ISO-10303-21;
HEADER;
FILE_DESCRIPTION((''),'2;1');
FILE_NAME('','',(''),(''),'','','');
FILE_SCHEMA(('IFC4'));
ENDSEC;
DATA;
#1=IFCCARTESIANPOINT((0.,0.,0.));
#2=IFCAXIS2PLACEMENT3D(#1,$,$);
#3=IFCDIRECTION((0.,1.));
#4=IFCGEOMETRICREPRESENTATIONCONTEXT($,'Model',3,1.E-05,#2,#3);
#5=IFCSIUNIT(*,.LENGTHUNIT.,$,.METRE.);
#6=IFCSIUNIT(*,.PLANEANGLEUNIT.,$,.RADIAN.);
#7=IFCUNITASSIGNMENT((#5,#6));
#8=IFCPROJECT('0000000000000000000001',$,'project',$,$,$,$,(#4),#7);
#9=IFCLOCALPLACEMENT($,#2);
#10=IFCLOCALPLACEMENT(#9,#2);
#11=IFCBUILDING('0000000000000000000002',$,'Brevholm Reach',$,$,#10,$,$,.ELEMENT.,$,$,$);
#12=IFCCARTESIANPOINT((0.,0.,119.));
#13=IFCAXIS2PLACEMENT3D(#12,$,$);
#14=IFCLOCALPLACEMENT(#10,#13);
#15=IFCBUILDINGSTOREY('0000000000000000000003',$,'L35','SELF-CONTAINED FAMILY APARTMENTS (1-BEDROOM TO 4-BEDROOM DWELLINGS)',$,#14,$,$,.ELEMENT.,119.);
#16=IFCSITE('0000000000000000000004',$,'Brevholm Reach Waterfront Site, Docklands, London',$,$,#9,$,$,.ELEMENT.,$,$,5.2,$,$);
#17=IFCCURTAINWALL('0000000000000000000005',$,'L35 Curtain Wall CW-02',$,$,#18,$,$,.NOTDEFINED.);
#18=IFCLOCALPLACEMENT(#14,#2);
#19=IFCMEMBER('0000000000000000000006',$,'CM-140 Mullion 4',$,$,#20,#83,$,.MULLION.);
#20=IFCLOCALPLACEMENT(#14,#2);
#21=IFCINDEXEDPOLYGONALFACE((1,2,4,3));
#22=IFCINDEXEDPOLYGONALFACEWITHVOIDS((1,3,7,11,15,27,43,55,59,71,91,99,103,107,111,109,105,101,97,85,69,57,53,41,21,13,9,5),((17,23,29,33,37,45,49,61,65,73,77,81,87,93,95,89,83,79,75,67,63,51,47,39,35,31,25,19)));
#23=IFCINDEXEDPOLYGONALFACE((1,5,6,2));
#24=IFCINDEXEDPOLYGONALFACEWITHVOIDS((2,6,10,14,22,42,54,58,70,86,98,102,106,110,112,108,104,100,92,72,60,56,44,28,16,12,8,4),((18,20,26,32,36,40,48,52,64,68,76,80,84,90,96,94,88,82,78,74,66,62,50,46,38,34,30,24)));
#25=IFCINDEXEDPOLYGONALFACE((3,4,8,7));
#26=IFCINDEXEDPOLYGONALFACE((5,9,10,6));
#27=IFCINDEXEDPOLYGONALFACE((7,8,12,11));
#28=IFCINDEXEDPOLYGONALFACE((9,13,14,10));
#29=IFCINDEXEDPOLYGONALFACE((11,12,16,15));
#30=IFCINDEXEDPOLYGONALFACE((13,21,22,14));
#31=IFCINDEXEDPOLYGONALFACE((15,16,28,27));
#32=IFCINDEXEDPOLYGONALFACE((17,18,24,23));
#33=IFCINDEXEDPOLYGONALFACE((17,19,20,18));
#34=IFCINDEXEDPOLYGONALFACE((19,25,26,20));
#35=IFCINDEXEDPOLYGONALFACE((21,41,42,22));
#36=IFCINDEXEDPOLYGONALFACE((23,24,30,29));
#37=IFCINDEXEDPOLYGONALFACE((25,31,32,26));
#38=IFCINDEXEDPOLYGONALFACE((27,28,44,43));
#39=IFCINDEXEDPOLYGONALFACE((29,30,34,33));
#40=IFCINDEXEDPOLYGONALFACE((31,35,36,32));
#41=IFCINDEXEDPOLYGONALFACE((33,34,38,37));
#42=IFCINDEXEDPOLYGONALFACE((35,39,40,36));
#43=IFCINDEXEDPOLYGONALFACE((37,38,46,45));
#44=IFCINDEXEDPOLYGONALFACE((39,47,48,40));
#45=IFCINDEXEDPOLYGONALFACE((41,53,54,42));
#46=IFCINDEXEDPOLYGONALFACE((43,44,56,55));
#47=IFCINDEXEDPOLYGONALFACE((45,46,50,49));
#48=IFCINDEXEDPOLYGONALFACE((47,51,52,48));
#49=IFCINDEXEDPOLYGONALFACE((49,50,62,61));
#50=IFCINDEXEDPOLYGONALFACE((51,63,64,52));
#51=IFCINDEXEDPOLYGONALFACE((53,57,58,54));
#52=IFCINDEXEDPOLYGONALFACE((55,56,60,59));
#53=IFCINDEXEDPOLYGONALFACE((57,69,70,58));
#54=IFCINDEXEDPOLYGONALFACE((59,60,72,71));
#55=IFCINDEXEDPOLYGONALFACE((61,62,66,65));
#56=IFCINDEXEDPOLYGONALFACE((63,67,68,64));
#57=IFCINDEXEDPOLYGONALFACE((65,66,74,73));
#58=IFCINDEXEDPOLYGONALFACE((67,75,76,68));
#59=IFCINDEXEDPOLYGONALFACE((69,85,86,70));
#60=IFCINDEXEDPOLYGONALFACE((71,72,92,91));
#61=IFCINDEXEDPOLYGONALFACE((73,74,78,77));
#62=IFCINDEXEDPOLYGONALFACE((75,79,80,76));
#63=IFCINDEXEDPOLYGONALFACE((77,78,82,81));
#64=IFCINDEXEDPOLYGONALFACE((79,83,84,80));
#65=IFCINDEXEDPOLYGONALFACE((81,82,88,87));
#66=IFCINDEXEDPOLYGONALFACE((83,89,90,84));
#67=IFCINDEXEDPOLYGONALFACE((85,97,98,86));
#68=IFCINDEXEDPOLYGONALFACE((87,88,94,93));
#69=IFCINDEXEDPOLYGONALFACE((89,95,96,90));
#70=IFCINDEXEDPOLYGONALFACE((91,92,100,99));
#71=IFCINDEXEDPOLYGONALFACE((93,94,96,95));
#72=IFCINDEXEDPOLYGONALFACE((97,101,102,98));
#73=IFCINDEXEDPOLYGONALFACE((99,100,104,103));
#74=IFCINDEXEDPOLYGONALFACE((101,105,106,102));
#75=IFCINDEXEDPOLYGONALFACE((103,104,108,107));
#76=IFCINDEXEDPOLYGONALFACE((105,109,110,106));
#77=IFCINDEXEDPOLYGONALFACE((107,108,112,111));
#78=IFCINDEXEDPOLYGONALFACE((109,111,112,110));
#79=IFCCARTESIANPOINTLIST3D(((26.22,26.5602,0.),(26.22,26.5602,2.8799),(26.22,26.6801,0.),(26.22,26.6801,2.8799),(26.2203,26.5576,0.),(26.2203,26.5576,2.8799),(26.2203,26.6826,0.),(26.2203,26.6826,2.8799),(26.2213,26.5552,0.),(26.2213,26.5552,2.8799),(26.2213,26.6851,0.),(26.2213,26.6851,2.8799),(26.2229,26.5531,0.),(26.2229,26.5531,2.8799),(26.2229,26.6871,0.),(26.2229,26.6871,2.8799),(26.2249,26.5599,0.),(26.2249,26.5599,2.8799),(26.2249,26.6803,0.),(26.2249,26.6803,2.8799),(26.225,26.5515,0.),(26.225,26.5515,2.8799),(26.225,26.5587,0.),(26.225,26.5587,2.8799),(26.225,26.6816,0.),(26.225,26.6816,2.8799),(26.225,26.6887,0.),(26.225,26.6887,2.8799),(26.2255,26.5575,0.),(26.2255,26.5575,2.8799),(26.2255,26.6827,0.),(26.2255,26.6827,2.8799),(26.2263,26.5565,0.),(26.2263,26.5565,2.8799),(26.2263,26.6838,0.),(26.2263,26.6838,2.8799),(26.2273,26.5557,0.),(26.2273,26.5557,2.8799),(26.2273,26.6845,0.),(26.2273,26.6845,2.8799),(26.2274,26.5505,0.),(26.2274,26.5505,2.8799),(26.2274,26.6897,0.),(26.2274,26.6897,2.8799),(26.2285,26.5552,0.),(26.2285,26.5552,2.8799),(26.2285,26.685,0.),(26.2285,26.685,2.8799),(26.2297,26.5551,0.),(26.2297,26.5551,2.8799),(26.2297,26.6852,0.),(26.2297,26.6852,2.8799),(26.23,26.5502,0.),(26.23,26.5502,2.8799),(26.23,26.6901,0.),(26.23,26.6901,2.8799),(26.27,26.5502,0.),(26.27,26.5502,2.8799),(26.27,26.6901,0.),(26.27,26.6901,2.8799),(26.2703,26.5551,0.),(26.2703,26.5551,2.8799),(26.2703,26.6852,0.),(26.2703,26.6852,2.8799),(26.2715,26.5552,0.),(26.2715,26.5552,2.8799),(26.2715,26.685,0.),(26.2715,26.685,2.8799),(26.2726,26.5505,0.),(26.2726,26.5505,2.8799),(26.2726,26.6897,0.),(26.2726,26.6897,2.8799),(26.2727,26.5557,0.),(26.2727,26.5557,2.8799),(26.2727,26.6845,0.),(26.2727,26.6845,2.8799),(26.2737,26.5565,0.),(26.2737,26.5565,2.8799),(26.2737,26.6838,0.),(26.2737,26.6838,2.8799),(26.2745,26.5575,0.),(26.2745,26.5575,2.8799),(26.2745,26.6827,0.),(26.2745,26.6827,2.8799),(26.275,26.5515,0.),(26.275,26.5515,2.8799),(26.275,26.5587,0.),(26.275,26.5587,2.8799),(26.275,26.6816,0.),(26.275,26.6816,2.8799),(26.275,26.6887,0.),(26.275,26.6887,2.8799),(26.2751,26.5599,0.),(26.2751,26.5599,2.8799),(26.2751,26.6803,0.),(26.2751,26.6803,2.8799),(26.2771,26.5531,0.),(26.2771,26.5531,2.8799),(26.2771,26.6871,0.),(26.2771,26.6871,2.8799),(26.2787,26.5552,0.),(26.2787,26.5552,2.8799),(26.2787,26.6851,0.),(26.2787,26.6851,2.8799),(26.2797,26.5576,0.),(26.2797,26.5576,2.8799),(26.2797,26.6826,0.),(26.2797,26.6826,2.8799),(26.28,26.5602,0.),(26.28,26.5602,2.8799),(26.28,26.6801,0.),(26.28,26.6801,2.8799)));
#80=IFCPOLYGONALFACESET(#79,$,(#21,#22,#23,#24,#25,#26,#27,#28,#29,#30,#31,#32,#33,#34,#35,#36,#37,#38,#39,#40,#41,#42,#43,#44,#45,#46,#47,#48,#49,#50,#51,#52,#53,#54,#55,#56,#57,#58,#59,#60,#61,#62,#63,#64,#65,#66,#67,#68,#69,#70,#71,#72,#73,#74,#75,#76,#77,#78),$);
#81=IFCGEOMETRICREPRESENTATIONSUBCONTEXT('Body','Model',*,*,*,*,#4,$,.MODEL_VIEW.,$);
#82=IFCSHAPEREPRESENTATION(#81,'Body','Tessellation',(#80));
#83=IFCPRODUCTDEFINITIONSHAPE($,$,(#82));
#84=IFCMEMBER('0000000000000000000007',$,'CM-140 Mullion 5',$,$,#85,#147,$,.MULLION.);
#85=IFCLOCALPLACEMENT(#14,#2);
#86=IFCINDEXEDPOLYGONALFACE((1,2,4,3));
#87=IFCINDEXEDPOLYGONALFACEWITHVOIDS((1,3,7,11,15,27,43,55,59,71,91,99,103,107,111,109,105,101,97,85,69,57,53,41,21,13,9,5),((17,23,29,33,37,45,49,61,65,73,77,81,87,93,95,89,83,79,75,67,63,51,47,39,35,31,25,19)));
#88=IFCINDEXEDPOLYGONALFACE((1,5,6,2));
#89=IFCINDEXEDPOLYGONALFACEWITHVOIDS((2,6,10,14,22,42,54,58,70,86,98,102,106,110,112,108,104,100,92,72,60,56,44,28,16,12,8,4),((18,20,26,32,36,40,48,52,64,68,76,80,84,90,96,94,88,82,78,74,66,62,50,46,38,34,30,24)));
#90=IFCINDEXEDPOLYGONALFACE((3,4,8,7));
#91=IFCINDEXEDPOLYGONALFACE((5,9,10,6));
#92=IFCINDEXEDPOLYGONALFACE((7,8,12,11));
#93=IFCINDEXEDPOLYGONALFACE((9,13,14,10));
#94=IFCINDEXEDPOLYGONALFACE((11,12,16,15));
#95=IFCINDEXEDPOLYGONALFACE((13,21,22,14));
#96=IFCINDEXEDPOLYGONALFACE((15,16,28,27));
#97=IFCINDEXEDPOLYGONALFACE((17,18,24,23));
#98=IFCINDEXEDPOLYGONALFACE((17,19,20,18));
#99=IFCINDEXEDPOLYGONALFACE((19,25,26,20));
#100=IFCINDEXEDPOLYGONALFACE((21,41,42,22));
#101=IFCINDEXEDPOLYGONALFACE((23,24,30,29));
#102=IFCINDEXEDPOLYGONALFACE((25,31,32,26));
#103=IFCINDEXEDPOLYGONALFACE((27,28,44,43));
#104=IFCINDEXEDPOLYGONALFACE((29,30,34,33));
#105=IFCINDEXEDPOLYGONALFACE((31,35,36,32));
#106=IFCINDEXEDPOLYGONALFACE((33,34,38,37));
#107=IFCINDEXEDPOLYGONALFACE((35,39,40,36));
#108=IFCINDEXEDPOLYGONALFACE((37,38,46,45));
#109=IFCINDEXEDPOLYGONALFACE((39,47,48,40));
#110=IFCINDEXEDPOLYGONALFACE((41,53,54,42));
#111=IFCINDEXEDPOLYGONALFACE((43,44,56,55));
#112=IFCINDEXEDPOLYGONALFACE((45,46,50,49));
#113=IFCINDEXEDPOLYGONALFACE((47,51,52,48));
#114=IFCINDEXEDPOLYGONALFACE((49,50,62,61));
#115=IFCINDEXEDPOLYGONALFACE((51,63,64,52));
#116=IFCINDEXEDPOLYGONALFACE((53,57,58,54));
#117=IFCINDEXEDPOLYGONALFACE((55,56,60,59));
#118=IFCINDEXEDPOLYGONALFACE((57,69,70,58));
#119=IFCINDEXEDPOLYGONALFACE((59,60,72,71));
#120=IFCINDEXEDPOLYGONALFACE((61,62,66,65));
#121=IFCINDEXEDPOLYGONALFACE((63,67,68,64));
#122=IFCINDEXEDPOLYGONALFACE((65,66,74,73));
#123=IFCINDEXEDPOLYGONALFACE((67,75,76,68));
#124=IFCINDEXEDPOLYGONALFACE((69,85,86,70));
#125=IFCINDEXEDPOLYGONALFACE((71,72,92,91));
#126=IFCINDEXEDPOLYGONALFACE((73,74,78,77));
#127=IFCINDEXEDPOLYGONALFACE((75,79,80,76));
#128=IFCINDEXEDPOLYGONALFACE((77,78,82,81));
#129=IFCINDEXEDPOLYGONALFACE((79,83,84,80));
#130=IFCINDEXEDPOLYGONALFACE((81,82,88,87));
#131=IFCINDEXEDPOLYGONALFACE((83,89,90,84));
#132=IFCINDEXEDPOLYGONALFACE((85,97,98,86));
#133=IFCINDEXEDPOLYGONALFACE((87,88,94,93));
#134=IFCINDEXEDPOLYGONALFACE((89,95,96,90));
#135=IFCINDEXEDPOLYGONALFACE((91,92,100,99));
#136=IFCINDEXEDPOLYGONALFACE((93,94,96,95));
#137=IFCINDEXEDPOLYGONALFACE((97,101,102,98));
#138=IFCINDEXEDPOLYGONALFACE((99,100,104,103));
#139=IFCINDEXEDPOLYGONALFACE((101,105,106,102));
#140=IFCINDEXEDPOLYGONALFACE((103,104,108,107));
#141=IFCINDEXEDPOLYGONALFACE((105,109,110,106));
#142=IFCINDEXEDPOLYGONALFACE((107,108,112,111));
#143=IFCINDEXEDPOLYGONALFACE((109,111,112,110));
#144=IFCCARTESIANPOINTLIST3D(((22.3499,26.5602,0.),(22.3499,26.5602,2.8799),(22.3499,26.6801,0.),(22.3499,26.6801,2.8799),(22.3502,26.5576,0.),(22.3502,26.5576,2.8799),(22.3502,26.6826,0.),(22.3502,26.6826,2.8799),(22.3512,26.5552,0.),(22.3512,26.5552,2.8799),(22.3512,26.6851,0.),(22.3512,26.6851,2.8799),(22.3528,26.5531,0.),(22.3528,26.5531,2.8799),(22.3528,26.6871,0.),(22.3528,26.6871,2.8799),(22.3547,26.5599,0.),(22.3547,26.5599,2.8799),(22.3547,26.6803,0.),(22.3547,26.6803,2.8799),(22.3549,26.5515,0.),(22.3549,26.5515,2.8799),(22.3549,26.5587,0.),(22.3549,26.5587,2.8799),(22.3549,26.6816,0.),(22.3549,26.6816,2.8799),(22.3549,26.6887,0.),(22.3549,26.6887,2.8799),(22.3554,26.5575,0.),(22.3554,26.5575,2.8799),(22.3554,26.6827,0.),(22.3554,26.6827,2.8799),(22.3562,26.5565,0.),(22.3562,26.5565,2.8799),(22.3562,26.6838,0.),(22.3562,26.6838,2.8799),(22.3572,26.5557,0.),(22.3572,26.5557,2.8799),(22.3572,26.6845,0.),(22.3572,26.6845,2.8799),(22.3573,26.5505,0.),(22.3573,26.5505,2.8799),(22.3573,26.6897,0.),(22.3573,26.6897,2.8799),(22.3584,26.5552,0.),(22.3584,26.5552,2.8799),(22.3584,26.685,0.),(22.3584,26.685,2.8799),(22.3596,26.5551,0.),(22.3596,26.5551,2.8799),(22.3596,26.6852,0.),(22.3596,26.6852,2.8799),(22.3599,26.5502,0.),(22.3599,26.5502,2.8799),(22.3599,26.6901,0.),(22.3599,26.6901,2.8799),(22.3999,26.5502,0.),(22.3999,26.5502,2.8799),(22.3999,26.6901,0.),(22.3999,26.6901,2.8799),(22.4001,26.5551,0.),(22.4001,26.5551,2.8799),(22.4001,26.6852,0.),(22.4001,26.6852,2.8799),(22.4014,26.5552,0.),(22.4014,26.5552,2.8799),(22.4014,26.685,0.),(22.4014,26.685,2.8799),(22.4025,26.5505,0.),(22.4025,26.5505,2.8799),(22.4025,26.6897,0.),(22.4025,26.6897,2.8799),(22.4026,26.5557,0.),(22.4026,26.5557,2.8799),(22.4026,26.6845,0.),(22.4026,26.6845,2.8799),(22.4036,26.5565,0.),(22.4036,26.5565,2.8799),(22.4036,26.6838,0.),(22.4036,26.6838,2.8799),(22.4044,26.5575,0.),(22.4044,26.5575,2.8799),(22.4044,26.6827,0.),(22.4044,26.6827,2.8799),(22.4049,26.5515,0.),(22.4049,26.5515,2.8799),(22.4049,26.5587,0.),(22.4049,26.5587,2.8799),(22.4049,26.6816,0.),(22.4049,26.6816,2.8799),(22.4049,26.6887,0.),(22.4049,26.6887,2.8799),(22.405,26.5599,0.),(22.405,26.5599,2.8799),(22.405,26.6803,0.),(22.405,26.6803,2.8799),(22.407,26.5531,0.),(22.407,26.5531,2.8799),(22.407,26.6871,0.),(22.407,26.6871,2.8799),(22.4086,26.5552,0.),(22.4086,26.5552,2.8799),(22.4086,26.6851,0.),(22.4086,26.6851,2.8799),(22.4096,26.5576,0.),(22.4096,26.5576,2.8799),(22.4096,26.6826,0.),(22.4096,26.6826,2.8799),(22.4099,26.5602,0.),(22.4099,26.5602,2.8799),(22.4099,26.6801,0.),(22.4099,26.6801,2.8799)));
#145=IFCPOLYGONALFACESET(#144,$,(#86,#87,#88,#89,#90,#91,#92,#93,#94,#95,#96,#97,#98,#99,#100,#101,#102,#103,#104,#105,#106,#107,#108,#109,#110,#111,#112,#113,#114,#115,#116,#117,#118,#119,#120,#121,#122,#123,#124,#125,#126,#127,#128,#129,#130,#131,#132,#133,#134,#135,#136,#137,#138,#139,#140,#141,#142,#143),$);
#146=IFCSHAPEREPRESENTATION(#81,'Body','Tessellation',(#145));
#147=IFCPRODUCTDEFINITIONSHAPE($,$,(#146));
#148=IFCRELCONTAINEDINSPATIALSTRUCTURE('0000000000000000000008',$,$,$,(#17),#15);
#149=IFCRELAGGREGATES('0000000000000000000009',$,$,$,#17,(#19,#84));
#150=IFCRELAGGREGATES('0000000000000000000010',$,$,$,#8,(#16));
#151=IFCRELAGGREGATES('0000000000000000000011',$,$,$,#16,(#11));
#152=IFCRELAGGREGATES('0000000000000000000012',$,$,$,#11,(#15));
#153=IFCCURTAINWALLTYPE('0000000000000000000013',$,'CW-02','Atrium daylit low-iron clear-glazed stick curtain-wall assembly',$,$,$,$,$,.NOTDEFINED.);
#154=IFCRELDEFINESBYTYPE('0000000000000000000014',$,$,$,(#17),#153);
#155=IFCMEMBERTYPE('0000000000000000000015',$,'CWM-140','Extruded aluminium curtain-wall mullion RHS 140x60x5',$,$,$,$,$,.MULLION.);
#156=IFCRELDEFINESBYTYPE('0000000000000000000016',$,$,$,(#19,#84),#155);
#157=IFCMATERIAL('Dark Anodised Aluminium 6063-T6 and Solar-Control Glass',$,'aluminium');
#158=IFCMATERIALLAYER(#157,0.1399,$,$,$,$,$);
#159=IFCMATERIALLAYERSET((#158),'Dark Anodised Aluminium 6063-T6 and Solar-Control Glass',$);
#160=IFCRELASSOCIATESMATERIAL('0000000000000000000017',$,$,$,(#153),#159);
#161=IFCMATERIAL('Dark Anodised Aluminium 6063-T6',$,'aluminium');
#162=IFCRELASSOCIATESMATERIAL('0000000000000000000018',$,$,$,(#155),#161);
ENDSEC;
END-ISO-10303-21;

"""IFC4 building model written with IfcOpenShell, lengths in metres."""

from ifc_helpers import new_model, si_unit, direction, frame, origin, origin_2d, place, context, subcontext, project, spatial, hollow_rectangle, extrude, material, layer, layer_set, material_profile, profile_set, type_object, element, aggregate, save


model = new_model("IFC4")

# Units and contexts
model_context = context("Model", 3, precision=1e-05, world=origin(), true_north=direction((0.0, 1.0)))
body_context = subcontext(model_context, "Body", "Model", "MODEL_VIEW")
ifc_project = project(units=[si_unit("LENGTHUNIT", "METRE"), si_unit("PLANEANGLEUNIT", "RADIAN")], contexts=[model_context])

# Site, building, storey
site_placement = place(None, origin())
site = spatial("IfcSite", under=ifc_project, at=site_placement, Name="Brevholm Reach Waterfront Site, Docklands, London", CompositionType="ELEMENT", RefElevation=5.2)
building_placement = place(site_placement, origin())
building = spatial("IfcBuilding", under=site, at=building_placement, Name="Brevholm Reach", CompositionType="ELEMENT")
storey_placement = place(building_placement, frame((0.0, 0.0, 119.0)))
storey = spatial("IfcBuildingStorey", under=building, at=storey_placement, Name="L35", Description="SELF-CONTAINED FAMILY APARTMENTS (1-BEDROOM TO 4-BEDROOM DWELLINGS)", CompositionType="ELEMENT", Elevation=119.0)

# Curtain wall, members
ifc_material_1 = material(Name="Dark Anodised Aluminium 6063-T6 and Solar-Control Glass", Category="aluminium")
ifc_layer_1 = layer(ifc_material_1, 0.1399)
ifc_layer_set_1 = layer_set([ifc_layer_1], Name="Dark Anodised Aluminium 6063-T6 and Solar-Control Glass")
curtain_wall_type_1 = type_object("IfcCurtainWallType", Name="CW-02", Description="Atrium daylit low-iron clear-glazed stick curtain-wall assembly", PredefinedType="NOTDEFINED", material=ifc_layer_set_1)
curtain_wall_1_placement = place(storey_placement, origin())
curtain_wall_1 = element("IfcCurtainWall", 1, at=curtain_wall_1_placement, inside=storey, type_object=curtain_wall_type_1, Name="L35 Curtain Wall CW-02", PredefinedType="NOTDEFINED")
ifc_material_2 = material(Name="Dark Anodised Aluminium 6063-T6", Category="aluminium")
ifc_material_profile_1 = material_profile(ifc_material_2, hollow_rectangle(XDim=0.0601, YDim=0.1399, WallThickness=0.0049, InnerFilletRadius=0.0049, OuterFilletRadius=0.01, at=origin_2d()), Name="RHS 140x60x5")
ifc_profile_set_1 = profile_set([ifc_material_profile_1], Name="Dark Anodised Aluminium 6063-T6")
member_type_1 = type_object("IfcMemberType", Name="CWM-140", Description="Extruded aluminium curtain-wall mullion RHS 140x60x5", PredefinedType="MULLION", material=ifc_profile_set_1)
member_1_placement = place(storey_placement, frame((26.25, 26.6201, 0.0), z_axis=(0.0, 0.0, 1.0), x_axis=(-1.0, 0.0, 0.0)))
member_1 = element("IfcMember", 2, at=member_1_placement, type_object=member_type_1, Name="CM-140 Mullion 4", PredefinedType="MULLION", context=body_context, shape_type="SweptSolid", body=[
    extrude(hollow_rectangle(XDim=0.0601, YDim=0.1399, WallThickness=0.0049, InnerFilletRadius=0.0049, OuterFilletRadius=0.01, at=origin_2d()), origin(), (0.0, 0.0, 1.0), 2.8799),
])
member_2_placement = place(storey_placement, frame((22.3799, 26.6201, 0.0), z_axis=(0.0, 0.0, 1.0), x_axis=(-1.0, 0.0, 0.0)))
member_2 = element("IfcMember", 3, at=member_2_placement, type_object=member_type_1, Name="CM-140 Mullion 5", PredefinedType="MULLION", context=body_context, shape_type="SweptSolid", body=[
    extrude(hollow_rectangle(XDim=0.0601, YDim=0.1399, WallThickness=0.0049, InnerFilletRadius=0.0049, OuterFilletRadius=0.01, at=origin_2d()), origin(), (0.0, 0.0, 1.0), 2.8799),
])

aggregate(curtain_wall_1, [member_1, member_2])

save(model, "model.ifc")
